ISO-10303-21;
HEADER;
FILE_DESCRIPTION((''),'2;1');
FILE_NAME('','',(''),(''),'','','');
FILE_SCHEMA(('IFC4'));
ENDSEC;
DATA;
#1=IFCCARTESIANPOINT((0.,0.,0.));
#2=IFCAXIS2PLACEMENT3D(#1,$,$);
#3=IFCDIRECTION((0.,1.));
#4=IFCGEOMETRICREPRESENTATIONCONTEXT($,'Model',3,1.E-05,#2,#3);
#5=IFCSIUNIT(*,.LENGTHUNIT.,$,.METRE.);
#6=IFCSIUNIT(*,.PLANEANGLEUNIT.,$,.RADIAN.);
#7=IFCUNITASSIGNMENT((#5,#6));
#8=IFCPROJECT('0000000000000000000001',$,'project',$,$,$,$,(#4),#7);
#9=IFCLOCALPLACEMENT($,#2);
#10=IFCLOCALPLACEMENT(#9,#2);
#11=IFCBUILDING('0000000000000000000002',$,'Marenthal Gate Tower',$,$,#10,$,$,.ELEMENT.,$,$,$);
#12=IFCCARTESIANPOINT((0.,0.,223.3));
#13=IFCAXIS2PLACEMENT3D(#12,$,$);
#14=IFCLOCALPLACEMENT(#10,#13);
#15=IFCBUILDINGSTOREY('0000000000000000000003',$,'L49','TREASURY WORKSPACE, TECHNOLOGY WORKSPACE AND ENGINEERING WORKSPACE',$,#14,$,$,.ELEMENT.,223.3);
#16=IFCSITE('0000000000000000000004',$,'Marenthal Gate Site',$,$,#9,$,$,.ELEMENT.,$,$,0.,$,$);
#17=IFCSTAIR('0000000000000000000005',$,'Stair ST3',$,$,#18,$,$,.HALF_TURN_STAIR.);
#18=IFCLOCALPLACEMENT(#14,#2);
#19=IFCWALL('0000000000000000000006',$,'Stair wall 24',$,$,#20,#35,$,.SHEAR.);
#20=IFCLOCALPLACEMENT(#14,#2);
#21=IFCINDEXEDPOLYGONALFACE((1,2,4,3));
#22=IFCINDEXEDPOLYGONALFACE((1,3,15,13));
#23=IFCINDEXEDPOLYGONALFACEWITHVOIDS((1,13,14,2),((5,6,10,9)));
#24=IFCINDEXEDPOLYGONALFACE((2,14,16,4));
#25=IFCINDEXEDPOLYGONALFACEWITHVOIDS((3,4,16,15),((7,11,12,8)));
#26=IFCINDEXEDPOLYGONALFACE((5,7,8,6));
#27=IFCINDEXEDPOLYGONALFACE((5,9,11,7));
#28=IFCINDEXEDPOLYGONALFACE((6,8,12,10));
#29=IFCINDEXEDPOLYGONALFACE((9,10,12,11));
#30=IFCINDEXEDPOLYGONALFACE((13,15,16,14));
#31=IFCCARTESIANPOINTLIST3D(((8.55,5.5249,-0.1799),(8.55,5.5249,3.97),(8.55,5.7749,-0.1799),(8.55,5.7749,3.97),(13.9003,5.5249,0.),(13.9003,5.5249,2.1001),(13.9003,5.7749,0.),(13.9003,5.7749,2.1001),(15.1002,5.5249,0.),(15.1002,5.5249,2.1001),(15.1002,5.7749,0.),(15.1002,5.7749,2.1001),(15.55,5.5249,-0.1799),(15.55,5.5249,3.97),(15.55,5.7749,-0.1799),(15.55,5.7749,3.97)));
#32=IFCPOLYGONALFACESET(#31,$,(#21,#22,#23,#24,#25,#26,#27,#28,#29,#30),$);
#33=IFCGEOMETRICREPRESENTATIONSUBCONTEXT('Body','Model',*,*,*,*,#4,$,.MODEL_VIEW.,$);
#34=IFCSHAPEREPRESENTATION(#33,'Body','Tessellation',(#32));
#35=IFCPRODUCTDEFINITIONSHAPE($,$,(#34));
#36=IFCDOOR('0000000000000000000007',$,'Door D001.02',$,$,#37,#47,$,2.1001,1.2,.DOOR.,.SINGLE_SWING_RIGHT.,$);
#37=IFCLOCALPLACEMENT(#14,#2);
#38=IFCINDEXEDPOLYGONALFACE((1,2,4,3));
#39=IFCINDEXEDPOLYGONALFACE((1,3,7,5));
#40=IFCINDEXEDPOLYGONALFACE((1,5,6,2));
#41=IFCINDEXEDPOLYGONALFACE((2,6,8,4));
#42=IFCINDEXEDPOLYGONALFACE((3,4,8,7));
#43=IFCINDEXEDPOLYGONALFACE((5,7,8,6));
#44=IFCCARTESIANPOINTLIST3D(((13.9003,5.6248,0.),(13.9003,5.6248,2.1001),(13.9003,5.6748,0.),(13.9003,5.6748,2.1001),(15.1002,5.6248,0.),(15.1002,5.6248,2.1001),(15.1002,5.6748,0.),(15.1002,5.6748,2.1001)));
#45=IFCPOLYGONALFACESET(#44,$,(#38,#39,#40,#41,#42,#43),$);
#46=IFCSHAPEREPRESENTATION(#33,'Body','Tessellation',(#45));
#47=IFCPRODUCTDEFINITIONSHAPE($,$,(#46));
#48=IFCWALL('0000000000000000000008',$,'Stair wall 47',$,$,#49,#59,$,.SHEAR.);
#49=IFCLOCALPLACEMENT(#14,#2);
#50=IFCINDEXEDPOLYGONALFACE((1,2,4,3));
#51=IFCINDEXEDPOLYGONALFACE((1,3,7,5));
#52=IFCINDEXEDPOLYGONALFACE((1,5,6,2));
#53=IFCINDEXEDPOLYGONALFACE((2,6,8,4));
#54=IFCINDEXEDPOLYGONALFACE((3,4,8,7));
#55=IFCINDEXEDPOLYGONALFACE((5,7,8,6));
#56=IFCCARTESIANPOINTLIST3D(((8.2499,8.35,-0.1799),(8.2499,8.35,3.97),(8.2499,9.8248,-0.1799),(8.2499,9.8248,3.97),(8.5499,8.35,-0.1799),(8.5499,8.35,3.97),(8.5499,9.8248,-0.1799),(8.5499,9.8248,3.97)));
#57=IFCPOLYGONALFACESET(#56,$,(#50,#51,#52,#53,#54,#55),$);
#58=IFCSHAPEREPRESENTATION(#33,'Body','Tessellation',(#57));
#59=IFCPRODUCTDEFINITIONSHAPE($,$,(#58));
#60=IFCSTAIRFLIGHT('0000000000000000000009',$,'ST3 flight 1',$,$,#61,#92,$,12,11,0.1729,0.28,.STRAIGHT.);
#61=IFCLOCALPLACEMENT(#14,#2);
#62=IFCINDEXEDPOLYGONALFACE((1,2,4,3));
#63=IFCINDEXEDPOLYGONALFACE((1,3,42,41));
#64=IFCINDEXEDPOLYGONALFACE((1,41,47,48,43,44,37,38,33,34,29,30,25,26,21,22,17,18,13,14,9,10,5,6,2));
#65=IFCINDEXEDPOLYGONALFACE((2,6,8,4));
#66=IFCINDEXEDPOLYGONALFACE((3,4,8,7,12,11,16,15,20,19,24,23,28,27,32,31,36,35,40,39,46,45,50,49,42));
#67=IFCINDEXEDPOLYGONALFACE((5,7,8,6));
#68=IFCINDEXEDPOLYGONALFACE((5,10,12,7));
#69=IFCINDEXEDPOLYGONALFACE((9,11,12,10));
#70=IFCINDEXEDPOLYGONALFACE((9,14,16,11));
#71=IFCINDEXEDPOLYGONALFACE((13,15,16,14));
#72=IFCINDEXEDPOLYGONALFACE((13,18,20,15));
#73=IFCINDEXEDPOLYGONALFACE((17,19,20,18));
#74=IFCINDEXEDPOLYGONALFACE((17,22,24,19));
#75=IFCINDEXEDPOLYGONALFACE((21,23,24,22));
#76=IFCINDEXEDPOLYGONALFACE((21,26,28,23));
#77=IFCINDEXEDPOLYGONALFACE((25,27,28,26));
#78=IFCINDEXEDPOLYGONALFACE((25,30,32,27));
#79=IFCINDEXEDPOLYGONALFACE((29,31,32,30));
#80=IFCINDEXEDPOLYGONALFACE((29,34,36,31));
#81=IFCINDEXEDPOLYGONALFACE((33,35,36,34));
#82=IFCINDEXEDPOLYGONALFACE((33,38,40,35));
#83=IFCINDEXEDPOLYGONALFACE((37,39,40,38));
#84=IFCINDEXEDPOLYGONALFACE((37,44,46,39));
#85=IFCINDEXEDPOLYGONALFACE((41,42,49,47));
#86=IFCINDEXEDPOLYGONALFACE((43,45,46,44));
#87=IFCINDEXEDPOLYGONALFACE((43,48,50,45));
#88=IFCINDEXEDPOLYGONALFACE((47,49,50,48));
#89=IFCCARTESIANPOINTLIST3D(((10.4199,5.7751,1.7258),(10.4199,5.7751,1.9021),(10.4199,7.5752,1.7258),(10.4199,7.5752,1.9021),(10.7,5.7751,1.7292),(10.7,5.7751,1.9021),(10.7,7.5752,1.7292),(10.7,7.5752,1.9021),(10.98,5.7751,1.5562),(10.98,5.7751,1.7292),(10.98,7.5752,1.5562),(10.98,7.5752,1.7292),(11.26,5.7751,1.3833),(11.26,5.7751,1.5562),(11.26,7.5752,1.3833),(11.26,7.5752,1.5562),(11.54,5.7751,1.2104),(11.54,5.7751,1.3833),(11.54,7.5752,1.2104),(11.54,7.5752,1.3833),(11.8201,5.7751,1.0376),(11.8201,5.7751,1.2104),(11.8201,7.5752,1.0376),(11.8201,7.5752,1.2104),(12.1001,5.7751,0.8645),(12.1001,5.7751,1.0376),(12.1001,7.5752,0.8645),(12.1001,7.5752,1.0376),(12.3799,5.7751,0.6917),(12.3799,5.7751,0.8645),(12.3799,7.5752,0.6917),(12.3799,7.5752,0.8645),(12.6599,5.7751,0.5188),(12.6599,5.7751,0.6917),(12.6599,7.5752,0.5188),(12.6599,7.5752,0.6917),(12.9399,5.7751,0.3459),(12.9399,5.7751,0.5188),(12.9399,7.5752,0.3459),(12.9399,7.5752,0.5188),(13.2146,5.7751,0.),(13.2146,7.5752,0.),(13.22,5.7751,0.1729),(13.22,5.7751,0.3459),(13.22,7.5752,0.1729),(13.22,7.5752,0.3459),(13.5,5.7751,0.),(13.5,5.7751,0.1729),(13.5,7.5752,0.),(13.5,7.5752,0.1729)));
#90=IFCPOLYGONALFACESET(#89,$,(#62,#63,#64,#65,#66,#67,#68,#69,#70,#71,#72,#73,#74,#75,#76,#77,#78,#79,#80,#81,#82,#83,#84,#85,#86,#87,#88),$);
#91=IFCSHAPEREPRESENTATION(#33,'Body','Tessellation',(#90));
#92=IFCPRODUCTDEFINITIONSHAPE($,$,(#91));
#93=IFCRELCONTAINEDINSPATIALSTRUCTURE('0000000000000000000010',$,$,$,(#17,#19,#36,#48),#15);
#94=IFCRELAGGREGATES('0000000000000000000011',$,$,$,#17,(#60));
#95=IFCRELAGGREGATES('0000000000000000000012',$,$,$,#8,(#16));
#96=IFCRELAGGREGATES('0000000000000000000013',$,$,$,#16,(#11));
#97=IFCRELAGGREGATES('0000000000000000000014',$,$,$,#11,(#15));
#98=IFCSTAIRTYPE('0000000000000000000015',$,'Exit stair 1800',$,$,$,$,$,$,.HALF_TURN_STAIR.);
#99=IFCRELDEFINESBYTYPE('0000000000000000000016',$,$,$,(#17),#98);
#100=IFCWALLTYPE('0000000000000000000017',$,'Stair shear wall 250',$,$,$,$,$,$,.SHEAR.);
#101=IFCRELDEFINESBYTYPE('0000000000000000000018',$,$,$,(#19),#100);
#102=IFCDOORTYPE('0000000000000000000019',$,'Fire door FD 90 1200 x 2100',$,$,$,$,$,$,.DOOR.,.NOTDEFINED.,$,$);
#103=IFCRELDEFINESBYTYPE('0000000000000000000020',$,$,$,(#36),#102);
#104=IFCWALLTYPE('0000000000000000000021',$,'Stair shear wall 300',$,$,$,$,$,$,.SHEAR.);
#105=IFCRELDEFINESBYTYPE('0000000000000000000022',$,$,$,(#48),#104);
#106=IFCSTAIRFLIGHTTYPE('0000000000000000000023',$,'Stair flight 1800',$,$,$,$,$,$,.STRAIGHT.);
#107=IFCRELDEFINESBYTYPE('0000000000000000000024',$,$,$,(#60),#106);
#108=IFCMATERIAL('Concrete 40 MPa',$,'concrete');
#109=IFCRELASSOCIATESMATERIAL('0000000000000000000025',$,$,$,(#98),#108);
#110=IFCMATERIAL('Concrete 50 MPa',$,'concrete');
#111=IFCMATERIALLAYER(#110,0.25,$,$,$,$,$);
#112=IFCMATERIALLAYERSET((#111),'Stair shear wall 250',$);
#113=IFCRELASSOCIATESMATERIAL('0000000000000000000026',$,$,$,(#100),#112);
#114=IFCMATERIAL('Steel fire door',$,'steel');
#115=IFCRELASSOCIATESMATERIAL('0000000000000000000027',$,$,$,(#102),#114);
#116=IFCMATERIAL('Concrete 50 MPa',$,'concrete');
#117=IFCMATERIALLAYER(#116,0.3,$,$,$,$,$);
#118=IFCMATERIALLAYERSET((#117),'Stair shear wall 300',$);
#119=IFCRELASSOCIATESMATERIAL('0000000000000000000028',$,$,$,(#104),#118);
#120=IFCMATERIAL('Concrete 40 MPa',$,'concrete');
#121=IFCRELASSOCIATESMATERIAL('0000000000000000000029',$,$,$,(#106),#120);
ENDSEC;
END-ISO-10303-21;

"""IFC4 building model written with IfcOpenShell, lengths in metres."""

from ifc_helpers import new_model, si_unit, direction, frame, frame_2d, origin, place, context, subcontext, project, spatial, polyline, rectangle, outline, extrude, material, layer, layer_set, type_object, element, fill, aggregate, save


model = new_model("IFC4")

# Units and contexts
model_context = context("Model", 3, precision=1e-05, world=origin(), true_north=direction((0.0, 1.0)))
body_context = subcontext(model_context, "Body", "Model", "MODEL_VIEW")
ifc_project = project(units=[si_unit("LENGTHUNIT", "METRE"), si_unit("PLANEANGLEUNIT", "RADIAN")], contexts=[model_context])

# Site, building, storey
site_placement = place(None, origin())
site = spatial("IfcSite", under=ifc_project, at=site_placement, Name="Marenthal Gate Site", CompositionType="ELEMENT", RefElevation=0.0)
building_placement = place(site_placement, origin())
building = spatial("IfcBuilding", under=site, at=building_placement, Name="Marenthal Gate Tower", CompositionType="ELEMENT")
storey_placement = place(building_placement, frame((0.0, 0.0, 223.3)))
storey = spatial("IfcBuildingStorey", under=building, at=storey_placement, Name="L49", Description="TREASURY WORKSPACE, TECHNOLOGY WORKSPACE AND ENGINEERING WORKSPACE", CompositionType="ELEMENT", Elevation=223.3)

# Stair
ifc_material_1 = material(Name="Concrete 40 MPa", Category="concrete")
stair_type = type_object("IfcStairType", Name="Exit stair 1800", PredefinedType="HALF_TURN_STAIR", material=ifc_material_1)
stair_1_placement = place(storey_placement, origin())
stair_1 = element("IfcStair", 1, at=stair_1_placement, inside=storey, type_object=stair_type, Name="Stair ST3", PredefinedType="HALF_TURN_STAIR")

# Wall, opening, door
ifc_material_2 = material(Name="Concrete 50 MPa", Category="concrete")
ifc_layer_1 = layer(ifc_material_2, 0.25)
ifc_layer_set_1 = layer_set([ifc_layer_1], Name="Stair shear wall 250")
wall_type_1 = type_object("IfcWallType", Name="Stair shear wall 250", PredefinedType="SHEAR", material=ifc_layer_set_1)
wall_1_placement = place(storey_placement, frame((8.55, 5.6499, -0.1799), z_axis=(0.0, 0.0, 1.0), x_axis=(1.0, 0.0, 0.0)))
wall_1 = element("IfcWall", 2, at=wall_1_placement, inside=storey, type_object=wall_type_1, Name="Stair wall 24", PredefinedType="SHEAR", context=body_context, shape_type="SweptSolid", body=[
    extrude(rectangle(XDim=7.0, YDim=0.25, at=frame_2d((3.5, 0.0))), origin(), (0.0, 0.0, 1.0), 4.1499),
])
opening_placement = place(wall_1_placement, frame((5.3501, 0.0, 0.1799)))
opening = element("IfcOpeningElement", 3, at=opening_placement, cuts=wall_1, PredefinedType="OPENING", context=body_context, shape_type="SweptSolid", body=[
    extrude(rectangle(XDim=1.2, YDim=2.1001, at=frame_2d((0.6001, 1.05))), frame((0.0, 0.135, 0.0), z_axis=(0.0, -1.0, 0.0), x_axis=(1.0, 0.0, 0.0)), (0.0, 0.0, 1.0), 0.27),
])
ifc_material_3 = material(Name="Steel fire door", Category="steel")
door_type = type_object("IfcDoorType", Name="Fire door FD 90 1200 x 2100", OperationType="NOTDEFINED", PredefinedType="DOOR", material=ifc_material_3)
door_placement = place(opening_placement, origin())
door = element("IfcDoor", 4, at=door_placement, inside=storey, type_object=door_type, Name="Door D001.02", OperationType="SINGLE_SWING_RIGHT", OverallHeight=2.1001, OverallWidth=1.2, PredefinedType="DOOR", context=body_context, shape_type="SweptSolid", body=[
    extrude(rectangle(XDim=1.2, YDim=2.1001, at=frame_2d((0.6001, 1.05))), frame((0.0, 0.0249, 0.0), z_axis=(0.0, -1.0, 0.0), x_axis=(1.0, 0.0, 0.0)), (0.0, 0.0, 1.0), 0.05),
])
fill(opening, door)

# Wall
ifc_material_4 = material(Name="Concrete 50 MPa", Category="concrete")
ifc_layer_2 = layer(ifc_material_4, 0.3)
ifc_layer_set_2 = layer_set([ifc_layer_2], Name="Stair shear wall 300")
wall_type_2 = type_object("IfcWallType", Name="Stair shear wall 300", PredefinedType="SHEAR", material=ifc_layer_set_2)
wall_2_placement = place(storey_placement, frame((8.3999, 8.3501, -0.1799), z_axis=(0.0, 0.0, 1.0), x_axis=(0.0, 1.0, 0.0)))
element("IfcWall", 5, at=wall_2_placement, inside=storey, type_object=wall_type_2, Name="Stair wall 47", PredefinedType="SHEAR", context=body_context, shape_type="SweptSolid", body=[
    extrude(rectangle(XDim=1.4749, YDim=0.3, at=frame_2d((0.7373, 0.0))), origin(), (0.0, 0.0, 1.0), 4.1499),
])

# Stair flight
ifc_material_5 = material(Name="Concrete 40 MPa", Category="concrete")
stair_flight_type = type_object("IfcStairFlightType", Name="Stair flight 1800", PredefinedType="STRAIGHT", material=ifc_material_5)
stair_flight_placement = place(storey_placement, frame((13.5, 6.675, 0.0), z_axis=(0.0, 0.0, 1.0), x_axis=(-1.0, 0.0, 0.0)))
stair_flight = element("IfcStairFlight", 6, at=stair_flight_placement, type_object=stair_flight_type, Name="ST3 flight 1", NumberOfRisers=12, NumberOfTreads=11, PredefinedType="STRAIGHT", RiserHeight=0.1729, TreadLength=0.28, context=body_context, shape_type="SweptSolid", body=[
    extrude(outline(polyline([(0.0, 0.0), (0.0, 0.1729), (0.28, 0.1729), (0.28, 0.3459), (0.5601, 0.3459), (0.5601, 0.5188), (0.8401, 0.5188), (0.8401, 0.6917), (1.1201, 0.6917), (1.1201, 0.8645), (1.3999, 0.8645), (1.3999, 1.0376), (1.6799, 1.0376), (1.6799, 1.2104), (1.96, 1.2104), (1.96, 1.3833), (2.24, 1.3833), (2.24, 1.5562), (2.52, 1.5562), (2.52, 1.7292), (2.8, 1.7292), (2.8, 1.9021), (3.0801, 1.9021), (3.0801, 2.075), (3.0801, 1.7258), (0.2854, 0.0), (0.0, 0.0)])), frame((0.0, 0.8999, 0.0), z_axis=(0.0, -1.0, 0.0), x_axis=(1.0, 0.0, 0.0)), (0.0, 0.0, 1.0), 1.8),
])
aggregate(stair_1, [stair_flight])

save(model, "model.ifc")
